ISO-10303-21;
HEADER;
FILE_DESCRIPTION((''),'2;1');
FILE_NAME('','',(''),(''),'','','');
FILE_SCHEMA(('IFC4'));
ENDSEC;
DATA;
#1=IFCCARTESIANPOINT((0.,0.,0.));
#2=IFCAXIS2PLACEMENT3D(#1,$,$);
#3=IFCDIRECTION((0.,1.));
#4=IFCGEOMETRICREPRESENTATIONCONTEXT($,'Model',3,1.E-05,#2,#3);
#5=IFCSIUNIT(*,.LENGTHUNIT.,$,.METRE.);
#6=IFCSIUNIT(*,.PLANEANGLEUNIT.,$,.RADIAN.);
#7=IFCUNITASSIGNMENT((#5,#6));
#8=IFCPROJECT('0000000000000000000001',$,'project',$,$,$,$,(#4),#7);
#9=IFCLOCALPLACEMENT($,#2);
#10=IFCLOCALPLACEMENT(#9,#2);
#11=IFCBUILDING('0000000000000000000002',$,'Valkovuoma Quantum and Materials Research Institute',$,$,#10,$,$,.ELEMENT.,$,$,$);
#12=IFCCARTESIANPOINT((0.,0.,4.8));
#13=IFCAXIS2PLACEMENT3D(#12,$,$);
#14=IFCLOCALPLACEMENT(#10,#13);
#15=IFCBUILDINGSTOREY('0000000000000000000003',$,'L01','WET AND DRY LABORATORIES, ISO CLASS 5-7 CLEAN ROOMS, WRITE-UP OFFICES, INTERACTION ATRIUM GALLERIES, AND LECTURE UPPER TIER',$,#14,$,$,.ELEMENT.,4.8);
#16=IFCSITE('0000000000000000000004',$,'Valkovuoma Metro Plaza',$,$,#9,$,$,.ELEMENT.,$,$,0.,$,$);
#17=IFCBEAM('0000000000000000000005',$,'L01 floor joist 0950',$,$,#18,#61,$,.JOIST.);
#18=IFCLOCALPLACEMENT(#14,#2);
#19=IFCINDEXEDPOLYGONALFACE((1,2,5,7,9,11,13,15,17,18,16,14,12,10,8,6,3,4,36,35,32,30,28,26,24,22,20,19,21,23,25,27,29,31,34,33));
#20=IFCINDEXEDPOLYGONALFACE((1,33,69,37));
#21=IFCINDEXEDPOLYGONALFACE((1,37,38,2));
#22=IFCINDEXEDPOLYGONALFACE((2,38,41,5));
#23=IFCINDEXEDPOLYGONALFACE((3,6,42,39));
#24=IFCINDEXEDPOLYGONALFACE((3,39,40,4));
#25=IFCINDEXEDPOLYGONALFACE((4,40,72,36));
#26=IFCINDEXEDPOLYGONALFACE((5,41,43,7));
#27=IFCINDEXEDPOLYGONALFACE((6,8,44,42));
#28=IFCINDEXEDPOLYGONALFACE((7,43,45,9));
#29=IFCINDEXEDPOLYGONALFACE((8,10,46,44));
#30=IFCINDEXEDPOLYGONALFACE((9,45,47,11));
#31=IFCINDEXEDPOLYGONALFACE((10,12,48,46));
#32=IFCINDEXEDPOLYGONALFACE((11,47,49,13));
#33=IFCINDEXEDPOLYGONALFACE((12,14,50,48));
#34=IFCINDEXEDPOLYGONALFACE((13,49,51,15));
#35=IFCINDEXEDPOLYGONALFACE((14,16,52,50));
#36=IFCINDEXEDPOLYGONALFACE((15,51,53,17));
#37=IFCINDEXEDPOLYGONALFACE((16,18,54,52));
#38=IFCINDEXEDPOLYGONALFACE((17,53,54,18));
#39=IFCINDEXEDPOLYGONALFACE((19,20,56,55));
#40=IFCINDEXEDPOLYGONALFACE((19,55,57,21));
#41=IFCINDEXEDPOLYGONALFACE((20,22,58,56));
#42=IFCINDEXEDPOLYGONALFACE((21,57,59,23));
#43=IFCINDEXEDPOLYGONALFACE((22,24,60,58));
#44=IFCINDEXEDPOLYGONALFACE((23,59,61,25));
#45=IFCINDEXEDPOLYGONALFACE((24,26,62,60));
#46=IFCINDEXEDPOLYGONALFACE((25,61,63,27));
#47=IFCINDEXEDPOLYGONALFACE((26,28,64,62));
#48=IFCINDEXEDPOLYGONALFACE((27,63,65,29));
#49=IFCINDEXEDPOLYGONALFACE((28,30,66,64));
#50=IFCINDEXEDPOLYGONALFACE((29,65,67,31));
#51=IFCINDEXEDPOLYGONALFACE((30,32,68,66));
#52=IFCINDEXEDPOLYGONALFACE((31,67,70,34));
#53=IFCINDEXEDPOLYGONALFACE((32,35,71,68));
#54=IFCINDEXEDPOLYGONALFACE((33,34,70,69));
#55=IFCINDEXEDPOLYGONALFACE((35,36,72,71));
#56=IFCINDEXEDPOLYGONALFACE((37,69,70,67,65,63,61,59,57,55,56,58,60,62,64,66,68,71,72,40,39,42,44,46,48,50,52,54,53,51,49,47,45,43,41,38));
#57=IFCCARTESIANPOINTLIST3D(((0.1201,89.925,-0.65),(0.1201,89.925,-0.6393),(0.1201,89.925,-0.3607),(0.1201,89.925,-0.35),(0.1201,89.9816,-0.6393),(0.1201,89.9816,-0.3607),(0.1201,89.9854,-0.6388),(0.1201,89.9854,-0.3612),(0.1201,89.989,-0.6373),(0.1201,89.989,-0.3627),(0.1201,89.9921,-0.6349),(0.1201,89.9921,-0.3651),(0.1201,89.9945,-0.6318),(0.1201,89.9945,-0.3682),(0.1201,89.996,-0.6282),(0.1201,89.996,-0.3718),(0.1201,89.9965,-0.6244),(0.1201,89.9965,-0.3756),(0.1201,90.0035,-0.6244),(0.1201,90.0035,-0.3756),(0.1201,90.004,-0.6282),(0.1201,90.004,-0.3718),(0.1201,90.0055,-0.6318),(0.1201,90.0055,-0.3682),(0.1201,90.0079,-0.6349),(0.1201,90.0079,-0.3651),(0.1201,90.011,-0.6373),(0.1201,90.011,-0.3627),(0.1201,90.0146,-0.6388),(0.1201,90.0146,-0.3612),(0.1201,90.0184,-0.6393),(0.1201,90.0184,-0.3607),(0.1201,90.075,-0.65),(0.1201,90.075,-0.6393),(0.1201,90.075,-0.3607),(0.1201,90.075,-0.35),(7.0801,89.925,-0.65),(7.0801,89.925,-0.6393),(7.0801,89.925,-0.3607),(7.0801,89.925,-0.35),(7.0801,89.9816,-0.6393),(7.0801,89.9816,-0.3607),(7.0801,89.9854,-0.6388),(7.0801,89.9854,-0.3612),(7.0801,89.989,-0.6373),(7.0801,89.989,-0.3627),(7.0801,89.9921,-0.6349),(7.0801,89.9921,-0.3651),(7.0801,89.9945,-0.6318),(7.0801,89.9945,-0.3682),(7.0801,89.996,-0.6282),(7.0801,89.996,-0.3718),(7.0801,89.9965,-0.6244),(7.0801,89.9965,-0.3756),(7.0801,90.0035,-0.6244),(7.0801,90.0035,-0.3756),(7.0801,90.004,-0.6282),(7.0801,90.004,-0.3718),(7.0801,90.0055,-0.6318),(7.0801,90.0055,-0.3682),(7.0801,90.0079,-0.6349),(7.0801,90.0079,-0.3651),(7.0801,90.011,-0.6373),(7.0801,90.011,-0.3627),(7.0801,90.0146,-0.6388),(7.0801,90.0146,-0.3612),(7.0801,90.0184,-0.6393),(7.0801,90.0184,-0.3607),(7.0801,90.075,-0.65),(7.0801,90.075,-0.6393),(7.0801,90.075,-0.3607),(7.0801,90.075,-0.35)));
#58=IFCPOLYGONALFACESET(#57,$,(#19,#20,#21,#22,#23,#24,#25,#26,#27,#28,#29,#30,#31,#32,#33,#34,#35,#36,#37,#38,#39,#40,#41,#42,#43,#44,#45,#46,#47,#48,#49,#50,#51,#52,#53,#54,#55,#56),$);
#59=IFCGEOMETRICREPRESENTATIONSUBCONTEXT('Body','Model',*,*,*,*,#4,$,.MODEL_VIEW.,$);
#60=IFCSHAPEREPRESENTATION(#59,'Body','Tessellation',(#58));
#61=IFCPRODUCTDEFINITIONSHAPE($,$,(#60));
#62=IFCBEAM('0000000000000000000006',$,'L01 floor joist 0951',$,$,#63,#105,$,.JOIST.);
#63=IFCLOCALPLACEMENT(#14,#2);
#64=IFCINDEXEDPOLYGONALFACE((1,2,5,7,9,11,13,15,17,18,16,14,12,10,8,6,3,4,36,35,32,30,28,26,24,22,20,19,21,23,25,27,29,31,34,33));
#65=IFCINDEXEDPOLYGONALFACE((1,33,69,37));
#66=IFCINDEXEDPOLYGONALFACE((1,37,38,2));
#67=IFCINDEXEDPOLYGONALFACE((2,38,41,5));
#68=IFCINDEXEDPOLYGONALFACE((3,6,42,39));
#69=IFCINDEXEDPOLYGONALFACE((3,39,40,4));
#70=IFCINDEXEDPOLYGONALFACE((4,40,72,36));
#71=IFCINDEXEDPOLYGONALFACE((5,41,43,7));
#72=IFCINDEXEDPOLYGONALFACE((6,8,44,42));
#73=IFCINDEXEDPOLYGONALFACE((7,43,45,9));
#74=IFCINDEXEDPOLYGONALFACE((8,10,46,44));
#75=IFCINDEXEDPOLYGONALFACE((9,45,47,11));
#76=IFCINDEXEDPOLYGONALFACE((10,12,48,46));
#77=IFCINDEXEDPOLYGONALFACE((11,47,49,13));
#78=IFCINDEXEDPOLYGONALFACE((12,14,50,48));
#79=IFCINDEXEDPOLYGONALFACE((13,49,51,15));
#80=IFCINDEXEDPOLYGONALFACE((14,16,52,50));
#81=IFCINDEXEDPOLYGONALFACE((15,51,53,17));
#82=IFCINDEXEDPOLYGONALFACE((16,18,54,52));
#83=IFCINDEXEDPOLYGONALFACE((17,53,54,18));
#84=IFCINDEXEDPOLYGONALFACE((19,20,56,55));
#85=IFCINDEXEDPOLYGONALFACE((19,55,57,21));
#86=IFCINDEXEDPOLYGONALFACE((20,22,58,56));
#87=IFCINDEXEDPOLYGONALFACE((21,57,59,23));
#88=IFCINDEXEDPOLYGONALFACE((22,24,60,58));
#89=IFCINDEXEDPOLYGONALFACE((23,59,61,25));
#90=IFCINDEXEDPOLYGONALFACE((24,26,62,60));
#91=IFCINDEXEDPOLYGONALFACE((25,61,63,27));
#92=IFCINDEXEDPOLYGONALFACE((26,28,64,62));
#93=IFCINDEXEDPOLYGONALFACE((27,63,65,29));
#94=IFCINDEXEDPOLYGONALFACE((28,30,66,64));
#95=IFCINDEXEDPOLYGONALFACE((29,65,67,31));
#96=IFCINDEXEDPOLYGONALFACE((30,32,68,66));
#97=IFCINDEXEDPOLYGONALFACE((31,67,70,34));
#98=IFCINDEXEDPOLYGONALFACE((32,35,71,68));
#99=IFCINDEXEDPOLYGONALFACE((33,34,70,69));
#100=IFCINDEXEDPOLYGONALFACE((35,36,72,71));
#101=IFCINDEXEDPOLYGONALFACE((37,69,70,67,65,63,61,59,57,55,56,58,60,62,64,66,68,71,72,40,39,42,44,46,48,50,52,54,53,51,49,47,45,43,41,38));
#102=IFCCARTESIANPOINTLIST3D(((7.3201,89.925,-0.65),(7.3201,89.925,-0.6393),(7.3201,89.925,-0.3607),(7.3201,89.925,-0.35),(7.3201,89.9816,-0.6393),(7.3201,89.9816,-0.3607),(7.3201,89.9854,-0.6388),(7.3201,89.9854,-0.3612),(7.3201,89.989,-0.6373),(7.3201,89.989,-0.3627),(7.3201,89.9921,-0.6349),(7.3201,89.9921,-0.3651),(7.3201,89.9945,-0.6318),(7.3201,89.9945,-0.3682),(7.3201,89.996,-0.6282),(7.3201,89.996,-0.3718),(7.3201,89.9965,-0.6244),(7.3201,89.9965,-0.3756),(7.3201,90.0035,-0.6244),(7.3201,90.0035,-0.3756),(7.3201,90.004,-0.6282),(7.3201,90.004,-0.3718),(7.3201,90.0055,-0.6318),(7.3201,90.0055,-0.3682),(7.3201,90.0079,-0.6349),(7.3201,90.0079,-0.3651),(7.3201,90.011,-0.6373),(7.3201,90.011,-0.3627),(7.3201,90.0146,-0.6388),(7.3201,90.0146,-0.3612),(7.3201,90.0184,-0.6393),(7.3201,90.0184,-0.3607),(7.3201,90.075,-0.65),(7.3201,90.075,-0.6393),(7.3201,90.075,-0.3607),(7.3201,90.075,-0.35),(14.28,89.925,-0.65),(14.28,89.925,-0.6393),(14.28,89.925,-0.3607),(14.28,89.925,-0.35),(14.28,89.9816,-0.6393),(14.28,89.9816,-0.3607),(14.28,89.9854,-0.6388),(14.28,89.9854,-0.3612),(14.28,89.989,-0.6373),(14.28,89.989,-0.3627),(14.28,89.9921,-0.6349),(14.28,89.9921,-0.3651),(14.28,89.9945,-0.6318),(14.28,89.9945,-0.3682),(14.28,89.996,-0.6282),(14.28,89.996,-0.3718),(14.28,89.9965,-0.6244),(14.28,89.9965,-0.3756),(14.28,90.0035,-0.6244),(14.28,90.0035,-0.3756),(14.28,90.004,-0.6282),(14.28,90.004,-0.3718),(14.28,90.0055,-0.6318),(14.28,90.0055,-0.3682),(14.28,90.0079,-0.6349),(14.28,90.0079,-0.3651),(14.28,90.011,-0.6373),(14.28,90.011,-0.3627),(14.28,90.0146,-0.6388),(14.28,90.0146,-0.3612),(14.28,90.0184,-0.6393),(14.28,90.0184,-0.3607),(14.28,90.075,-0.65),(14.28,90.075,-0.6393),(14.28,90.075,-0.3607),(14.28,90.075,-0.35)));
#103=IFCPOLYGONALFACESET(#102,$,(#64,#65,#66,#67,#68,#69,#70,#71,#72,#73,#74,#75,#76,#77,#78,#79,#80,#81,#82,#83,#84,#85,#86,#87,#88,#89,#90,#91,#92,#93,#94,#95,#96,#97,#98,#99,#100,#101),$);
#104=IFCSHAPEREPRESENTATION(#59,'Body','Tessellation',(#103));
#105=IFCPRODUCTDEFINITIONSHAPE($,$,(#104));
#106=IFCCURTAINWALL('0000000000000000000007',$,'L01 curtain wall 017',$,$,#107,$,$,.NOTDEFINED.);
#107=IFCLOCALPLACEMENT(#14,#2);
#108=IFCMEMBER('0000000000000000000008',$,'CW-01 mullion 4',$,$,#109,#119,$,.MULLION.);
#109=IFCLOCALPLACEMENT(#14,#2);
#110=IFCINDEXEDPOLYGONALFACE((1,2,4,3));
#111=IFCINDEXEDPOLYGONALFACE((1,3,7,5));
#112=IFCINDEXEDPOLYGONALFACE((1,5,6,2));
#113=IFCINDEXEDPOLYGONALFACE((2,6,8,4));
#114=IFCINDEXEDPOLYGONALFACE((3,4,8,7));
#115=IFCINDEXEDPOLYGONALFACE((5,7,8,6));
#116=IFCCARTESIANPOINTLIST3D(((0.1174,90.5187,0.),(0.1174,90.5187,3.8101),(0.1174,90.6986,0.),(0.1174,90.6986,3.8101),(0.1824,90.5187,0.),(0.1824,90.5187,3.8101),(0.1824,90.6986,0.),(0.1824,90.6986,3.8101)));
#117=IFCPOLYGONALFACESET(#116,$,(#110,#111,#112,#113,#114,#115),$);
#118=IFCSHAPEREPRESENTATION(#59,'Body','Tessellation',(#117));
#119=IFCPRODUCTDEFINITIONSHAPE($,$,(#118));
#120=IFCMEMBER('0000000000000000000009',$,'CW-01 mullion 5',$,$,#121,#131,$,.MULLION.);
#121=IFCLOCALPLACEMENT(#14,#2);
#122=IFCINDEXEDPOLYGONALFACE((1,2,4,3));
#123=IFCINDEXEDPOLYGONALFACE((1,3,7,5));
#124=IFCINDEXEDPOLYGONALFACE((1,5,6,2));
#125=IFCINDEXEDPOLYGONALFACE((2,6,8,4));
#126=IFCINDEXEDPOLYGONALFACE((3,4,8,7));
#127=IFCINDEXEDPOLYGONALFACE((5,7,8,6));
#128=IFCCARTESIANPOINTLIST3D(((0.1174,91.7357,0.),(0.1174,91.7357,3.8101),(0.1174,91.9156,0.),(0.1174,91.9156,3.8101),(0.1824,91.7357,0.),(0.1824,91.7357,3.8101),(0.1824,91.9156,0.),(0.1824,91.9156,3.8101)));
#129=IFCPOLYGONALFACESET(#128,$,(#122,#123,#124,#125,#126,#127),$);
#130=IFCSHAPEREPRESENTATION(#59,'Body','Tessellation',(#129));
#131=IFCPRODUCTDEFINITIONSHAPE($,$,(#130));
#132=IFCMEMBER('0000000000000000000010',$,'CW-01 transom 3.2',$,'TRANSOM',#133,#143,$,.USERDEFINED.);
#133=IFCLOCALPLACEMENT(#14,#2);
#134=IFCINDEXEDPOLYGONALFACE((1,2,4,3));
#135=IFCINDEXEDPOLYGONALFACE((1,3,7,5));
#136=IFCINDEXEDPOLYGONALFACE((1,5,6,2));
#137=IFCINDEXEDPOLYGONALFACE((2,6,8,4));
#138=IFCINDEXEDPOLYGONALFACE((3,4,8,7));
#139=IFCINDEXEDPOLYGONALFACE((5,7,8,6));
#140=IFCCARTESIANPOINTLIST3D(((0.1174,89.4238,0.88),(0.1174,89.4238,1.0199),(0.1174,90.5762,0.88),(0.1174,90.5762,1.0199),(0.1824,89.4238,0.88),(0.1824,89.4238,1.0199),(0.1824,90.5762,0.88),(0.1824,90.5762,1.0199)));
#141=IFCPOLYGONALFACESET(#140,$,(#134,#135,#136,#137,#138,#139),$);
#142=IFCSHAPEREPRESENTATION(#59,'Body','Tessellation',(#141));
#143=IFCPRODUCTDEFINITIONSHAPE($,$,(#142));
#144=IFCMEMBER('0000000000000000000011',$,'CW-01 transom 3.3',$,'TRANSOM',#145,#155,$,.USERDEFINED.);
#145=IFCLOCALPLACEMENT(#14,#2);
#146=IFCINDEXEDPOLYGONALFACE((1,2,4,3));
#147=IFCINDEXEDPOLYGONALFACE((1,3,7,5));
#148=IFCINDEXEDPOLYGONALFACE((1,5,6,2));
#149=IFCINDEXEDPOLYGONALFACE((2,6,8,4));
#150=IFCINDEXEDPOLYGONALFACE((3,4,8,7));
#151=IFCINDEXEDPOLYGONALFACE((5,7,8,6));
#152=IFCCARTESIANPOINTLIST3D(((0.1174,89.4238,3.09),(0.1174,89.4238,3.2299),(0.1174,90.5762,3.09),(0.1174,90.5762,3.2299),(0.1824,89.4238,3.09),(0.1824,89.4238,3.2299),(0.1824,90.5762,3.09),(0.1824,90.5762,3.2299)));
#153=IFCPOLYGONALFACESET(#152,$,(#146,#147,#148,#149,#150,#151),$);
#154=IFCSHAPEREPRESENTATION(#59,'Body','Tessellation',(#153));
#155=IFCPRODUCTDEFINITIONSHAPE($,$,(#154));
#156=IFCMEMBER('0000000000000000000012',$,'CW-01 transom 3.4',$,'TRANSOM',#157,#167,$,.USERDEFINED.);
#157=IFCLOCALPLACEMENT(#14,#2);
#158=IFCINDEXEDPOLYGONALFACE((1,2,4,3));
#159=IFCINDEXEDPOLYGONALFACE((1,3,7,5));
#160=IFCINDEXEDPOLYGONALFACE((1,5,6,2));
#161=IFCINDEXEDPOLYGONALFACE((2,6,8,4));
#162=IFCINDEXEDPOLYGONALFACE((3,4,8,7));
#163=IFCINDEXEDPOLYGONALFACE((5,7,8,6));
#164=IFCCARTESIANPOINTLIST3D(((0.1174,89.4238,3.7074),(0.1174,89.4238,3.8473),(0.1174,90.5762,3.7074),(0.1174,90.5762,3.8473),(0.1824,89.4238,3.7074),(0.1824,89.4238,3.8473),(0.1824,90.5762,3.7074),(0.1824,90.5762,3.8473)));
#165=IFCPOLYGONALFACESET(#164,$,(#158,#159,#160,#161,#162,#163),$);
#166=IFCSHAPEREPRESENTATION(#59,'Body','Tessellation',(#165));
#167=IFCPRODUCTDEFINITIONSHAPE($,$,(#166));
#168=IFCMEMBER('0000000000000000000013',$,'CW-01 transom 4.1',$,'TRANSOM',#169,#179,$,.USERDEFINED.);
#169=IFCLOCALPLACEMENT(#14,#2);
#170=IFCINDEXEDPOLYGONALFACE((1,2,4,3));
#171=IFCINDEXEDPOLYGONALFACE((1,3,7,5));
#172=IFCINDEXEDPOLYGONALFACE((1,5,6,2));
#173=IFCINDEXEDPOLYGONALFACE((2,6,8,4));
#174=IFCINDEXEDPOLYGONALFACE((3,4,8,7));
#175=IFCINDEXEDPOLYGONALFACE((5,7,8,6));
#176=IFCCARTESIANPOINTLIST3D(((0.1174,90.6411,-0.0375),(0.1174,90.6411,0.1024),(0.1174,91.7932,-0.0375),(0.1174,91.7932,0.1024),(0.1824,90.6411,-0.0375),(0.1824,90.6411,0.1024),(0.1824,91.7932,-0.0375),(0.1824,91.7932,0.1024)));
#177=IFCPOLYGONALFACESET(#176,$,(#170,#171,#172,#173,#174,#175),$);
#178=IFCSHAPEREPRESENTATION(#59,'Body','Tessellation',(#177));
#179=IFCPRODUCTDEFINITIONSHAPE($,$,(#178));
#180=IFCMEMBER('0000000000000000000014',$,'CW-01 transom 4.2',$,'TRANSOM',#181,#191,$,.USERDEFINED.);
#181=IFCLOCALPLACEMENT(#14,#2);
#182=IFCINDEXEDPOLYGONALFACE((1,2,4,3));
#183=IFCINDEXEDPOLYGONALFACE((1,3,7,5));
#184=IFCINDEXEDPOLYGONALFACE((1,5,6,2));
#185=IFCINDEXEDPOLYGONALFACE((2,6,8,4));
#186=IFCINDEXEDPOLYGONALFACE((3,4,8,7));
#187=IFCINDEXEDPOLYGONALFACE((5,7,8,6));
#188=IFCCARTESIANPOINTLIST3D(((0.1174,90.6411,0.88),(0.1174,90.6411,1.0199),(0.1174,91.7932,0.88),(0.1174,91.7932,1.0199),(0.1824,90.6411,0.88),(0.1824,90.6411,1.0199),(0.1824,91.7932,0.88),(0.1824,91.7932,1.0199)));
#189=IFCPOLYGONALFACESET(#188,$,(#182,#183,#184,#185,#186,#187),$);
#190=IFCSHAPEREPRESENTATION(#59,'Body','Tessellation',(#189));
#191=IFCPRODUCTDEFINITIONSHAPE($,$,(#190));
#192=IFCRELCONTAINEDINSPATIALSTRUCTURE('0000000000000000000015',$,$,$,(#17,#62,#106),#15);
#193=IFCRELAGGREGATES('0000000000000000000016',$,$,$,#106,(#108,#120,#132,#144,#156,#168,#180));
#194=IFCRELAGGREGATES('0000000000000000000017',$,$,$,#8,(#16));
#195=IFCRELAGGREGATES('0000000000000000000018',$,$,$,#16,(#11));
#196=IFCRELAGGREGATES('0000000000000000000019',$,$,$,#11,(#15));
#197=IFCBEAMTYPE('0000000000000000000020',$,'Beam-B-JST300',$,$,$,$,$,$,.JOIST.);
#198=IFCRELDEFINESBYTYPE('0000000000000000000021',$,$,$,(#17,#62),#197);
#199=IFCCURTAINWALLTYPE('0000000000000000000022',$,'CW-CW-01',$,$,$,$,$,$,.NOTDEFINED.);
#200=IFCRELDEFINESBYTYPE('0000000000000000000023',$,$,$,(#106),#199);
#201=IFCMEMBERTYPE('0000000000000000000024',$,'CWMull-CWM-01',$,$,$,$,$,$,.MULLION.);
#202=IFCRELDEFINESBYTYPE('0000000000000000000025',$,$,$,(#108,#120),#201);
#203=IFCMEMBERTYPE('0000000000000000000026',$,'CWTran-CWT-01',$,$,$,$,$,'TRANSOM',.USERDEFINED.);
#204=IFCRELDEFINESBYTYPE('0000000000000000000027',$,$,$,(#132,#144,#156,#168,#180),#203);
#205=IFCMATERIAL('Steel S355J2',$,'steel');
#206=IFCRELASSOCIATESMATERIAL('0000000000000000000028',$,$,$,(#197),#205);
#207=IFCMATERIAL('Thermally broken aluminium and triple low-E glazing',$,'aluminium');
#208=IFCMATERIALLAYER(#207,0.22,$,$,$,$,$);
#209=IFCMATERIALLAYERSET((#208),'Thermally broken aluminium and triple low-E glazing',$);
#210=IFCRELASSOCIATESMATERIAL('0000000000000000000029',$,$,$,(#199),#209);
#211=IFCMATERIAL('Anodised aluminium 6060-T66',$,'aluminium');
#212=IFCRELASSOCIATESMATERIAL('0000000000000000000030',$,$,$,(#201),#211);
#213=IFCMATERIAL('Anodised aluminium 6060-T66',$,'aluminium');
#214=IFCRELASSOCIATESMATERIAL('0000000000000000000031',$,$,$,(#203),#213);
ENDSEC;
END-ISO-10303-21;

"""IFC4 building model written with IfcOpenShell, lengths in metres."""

from ifc_helpers import new_model, si_unit, direction, frame, origin, origin_2d, place, context, subcontext, project, spatial, rectangle, i_section, extrude, material, layer, layer_set, material_profile, profile_set, type_object, element, aggregate, save


model = new_model("IFC4")

# Units and contexts
model_context = context("Model", 3, precision=1e-05, world=origin(), true_north=direction((0.0, 1.0)))
body_context = subcontext(model_context, "Body", "Model", "MODEL_VIEW")
ifc_project = project(units=[si_unit("LENGTHUNIT", "METRE"), si_unit("PLANEANGLEUNIT", "RADIAN")], contexts=[model_context])

# Site, building, storey
site_placement = place(None, origin())
site = spatial("IfcSite", under=ifc_project, at=site_placement, Name="Valkovuoma Metro Plaza", CompositionType="ELEMENT", RefElevation=0.0)
building_placement = place(site_placement, origin())
building = spatial("IfcBuilding", under=site, at=building_placement, Name="Valkovuoma Quantum and Materials Research Institute", CompositionType="ELEMENT")
storey_placement = place(building_placement, frame((0.0, 0.0, 4.8)))
storey = spatial("IfcBuildingStorey", under=building, at=storey_placement, Name="L01", Description="WET AND DRY LABORATORIES, ISO CLASS 5-7 CLEAN ROOMS, WRITE-UP OFFICES, INTERACTION ATRIUM GALLERIES, AND LECTURE UPPER TIER", CompositionType="ELEMENT", Elevation=4.8)

# Beams
ifc_material_1 = material(Name="Steel S355J2", Category="steel")
ifc_material_profile_1 = material_profile(ifc_material_1, i_section(OverallWidth=0.1499, OverallDepth=0.3, WebThickness=0.0071, FlangeThickness=0.0107, FilletRadius=0.0149, at=origin_2d()), Name="Steel S355J2")
ifc_profile_set_1 = profile_set([ifc_material_profile_1], Name="Steel S355J2")
beam_type = type_object("IfcBeamType", Name="Beam-B-JST300", PredefinedType="JOIST", material=ifc_profile_set_1)
for number, where, z_axis, x_axis, name in (
    (1, (0.1201, 90.0, -0.5), (1.0, 0.0, 0.0), (0.0, 1.0, 0.0), "L01 floor joist 0950"),
    (2, (7.3201, 90.0, -0.5), (1.0, 0.0, 0.0), (0.0, 1.0, 0.0), "L01 floor joist 0951"),
):
    element("IfcBeam", number, at=place(storey_placement, frame(where, z_axis=z_axis, x_axis=x_axis)), inside=storey, type_object=beam_type, Name=name, PredefinedType="JOIST", context=body_context, shape_type="SweptSolid", body=[
        extrude(i_section(OverallWidth=0.1499, OverallDepth=0.3, WebThickness=0.0071, FlangeThickness=0.0107, FilletRadius=0.0149, at=origin_2d()), origin(), (0.0, 0.0, 1.0), 6.96),
    ])

# Curtain wall, members
ifc_material_2 = material(Name="Thermally broken aluminium and triple low-E glazing", Category="aluminium")
ifc_layer_1 = layer(ifc_material_2, 0.22)
ifc_layer_set_1 = layer_set([ifc_layer_1], Name="Thermally broken aluminium and triple low-E glazing")
curtain_wall_type = type_object("IfcCurtainWallType", Name="CW-CW-01", PredefinedType="NOTDEFINED", material=ifc_layer_set_1)
curtain_wall_placement = place(storey_placement, origin())
curtain_wall = element("IfcCurtainWall", 3, at=curtain_wall_placement, inside=storey, type_object=curtain_wall_type, Name="L01 curtain wall 017", PredefinedType="NOTDEFINED")
ifc_material_3 = material(Name="Anodised aluminium 6060-T66", Category="aluminium")
ifc_material_profile_2 = material_profile(ifc_material_3, rectangle(XDim=0.0649, YDim=0.1799, at=origin_2d()), Name="Anodised aluminium 6060-T66")
ifc_profile_set_2 = profile_set([ifc_material_profile_2], Name="Anodised aluminium 6060-T66")
member_type_1 = type_object("IfcMemberType", Name="CWMull-CWM-01", PredefinedType="MULLION", material=ifc_profile_set_2)
member_1_placement = place(storey_placement, frame((0.1499, 90.6086, 0.0), z_axis=(0.0, 0.0, 1.0), x_axis=(-1.0, 0.0, 0.0)))
member_1 = element("IfcMember", 4, at=member_1_placement, type_object=member_type_1, Name="CW-01 mullion 4", PredefinedType="MULLION", context=body_context, shape_type="SweptSolid", body=[
    extrude(rectangle(XDim=0.0649, YDim=0.1799, at=origin_2d()), origin(), (0.0, 0.0, 1.0), 3.8101),
])
member_2_placement = place(storey_placement, frame((0.1499, 91.8257, 0.0), z_axis=(0.0, 0.0, 1.0), x_axis=(-1.0, 0.0, 0.0)))
member_2 = element("IfcMember", 5, at=member_2_placement, type_object=member_type_1, Name="CW-01 mullion 5", PredefinedType="MULLION", context=body_context, shape_type="SweptSolid", body=[
    extrude(rectangle(XDim=0.0649, YDim=0.1799, at=origin_2d()), origin(), (0.0, 0.0, 1.0), 3.8101),
])
ifc_material_4 = material(Name="Anodised aluminium 6060-T66", Category="aluminium")
ifc_material_profile_3 = material_profile(ifc_material_4, rectangle(XDim=0.0649, YDim=0.1399, at=origin_2d()), Name="Anodised aluminium 6060-T66")
ifc_profile_set_3 = profile_set([ifc_material_profile_3], Name="Anodised aluminium 6060-T66")
member_type_2 = type_object("IfcMemberType", Name="CWTran-CWT-01", ElementType="TRANSOM", PredefinedType="USERDEFINED", material=ifc_profile_set_3)
member_3_placement = place(storey_placement, frame((0.1499, 89.4238, 0.95), z_axis=(0.0, 1.0, 0.0), x_axis=(-1.0, 0.0, 0.0)))
member_3 = element("IfcMember", 6, at=member_3_placement, type_object=member_type_2, Name="CW-01 transom 3.2", ObjectType="TRANSOM", PredefinedType="USERDEFINED", context=body_context, shape_type="SweptSolid", body=[
    extrude(rectangle(XDim=0.0649, YDim=0.1399, at=origin_2d()), origin(), (0.0, 0.0, 1.0), 1.1523),
])
member_4_placement = place(storey_placement, frame((0.1499, 89.4238, 3.1599), z_axis=(0.0, 1.0, 0.0), x_axis=(-1.0, 0.0, 0.0)))
member_4 = element("IfcMember", 7, at=member_4_placement, type_object=member_type_2, Name="CW-01 transom 3.3", ObjectType="TRANSOM", PredefinedType="USERDEFINED", context=body_context, shape_type="SweptSolid", body=[
    extrude(rectangle(XDim=0.0649, YDim=0.1399, at=origin_2d()), origin(), (0.0, 0.0, 1.0), 1.1523),
])
member_5_placement = place(storey_placement, frame((0.1499, 89.4238, 3.7773), z_axis=(0.0, 1.0, 0.0), x_axis=(-1.0, 0.0, 0.0)))
member_5 = element("IfcMember", 8, at=member_5_placement, type_object=member_type_2, Name="CW-01 transom 3.4", ObjectType="TRANSOM", PredefinedType="USERDEFINED", context=body_context, shape_type="SweptSolid", body=[
    extrude(rectangle(XDim=0.0649, YDim=0.1399, at=origin_2d()), origin(), (0.0, 0.0, 1.0), 1.1523),
])
member_6_placement = place(storey_placement, frame((0.1499, 90.6411, 0.0325), z_axis=(0.0, 1.0, 0.0), x_axis=(-1.0, 0.0, 0.0)))
member_6 = element("IfcMember", 9, at=member_6_placement, type_object=member_type_2, Name="CW-01 transom 4.1", ObjectType="TRANSOM", PredefinedType="USERDEFINED", context=body_context, shape_type="SweptSolid", body=[
    extrude(rectangle(XDim=0.0649, YDim=0.1399, at=origin_2d()), origin(), (0.0, 0.0, 1.0), 1.1521),
])
member_7_placement = place(storey_placement, frame((0.1499, 90.6411, 0.95), z_axis=(0.0, 1.0, 0.0), x_axis=(-1.0, 0.0, 0.0)))
member_7 = element("IfcMember", 10, at=member_7_placement, type_object=member_type_2, Name="CW-01 transom 4.2", ObjectType="TRANSOM", PredefinedType="USERDEFINED", context=body_context, shape_type="SweptSolid", body=[
    extrude(rectangle(XDim=0.0649, YDim=0.1399, at=origin_2d()), origin(), (0.0, 0.0, 1.0), 1.1521),
])
aggregate(curtain_wall, [member_1, member_2, member_3, member_4, member_5, member_6, member_7])

save(model, "model.ifc")
